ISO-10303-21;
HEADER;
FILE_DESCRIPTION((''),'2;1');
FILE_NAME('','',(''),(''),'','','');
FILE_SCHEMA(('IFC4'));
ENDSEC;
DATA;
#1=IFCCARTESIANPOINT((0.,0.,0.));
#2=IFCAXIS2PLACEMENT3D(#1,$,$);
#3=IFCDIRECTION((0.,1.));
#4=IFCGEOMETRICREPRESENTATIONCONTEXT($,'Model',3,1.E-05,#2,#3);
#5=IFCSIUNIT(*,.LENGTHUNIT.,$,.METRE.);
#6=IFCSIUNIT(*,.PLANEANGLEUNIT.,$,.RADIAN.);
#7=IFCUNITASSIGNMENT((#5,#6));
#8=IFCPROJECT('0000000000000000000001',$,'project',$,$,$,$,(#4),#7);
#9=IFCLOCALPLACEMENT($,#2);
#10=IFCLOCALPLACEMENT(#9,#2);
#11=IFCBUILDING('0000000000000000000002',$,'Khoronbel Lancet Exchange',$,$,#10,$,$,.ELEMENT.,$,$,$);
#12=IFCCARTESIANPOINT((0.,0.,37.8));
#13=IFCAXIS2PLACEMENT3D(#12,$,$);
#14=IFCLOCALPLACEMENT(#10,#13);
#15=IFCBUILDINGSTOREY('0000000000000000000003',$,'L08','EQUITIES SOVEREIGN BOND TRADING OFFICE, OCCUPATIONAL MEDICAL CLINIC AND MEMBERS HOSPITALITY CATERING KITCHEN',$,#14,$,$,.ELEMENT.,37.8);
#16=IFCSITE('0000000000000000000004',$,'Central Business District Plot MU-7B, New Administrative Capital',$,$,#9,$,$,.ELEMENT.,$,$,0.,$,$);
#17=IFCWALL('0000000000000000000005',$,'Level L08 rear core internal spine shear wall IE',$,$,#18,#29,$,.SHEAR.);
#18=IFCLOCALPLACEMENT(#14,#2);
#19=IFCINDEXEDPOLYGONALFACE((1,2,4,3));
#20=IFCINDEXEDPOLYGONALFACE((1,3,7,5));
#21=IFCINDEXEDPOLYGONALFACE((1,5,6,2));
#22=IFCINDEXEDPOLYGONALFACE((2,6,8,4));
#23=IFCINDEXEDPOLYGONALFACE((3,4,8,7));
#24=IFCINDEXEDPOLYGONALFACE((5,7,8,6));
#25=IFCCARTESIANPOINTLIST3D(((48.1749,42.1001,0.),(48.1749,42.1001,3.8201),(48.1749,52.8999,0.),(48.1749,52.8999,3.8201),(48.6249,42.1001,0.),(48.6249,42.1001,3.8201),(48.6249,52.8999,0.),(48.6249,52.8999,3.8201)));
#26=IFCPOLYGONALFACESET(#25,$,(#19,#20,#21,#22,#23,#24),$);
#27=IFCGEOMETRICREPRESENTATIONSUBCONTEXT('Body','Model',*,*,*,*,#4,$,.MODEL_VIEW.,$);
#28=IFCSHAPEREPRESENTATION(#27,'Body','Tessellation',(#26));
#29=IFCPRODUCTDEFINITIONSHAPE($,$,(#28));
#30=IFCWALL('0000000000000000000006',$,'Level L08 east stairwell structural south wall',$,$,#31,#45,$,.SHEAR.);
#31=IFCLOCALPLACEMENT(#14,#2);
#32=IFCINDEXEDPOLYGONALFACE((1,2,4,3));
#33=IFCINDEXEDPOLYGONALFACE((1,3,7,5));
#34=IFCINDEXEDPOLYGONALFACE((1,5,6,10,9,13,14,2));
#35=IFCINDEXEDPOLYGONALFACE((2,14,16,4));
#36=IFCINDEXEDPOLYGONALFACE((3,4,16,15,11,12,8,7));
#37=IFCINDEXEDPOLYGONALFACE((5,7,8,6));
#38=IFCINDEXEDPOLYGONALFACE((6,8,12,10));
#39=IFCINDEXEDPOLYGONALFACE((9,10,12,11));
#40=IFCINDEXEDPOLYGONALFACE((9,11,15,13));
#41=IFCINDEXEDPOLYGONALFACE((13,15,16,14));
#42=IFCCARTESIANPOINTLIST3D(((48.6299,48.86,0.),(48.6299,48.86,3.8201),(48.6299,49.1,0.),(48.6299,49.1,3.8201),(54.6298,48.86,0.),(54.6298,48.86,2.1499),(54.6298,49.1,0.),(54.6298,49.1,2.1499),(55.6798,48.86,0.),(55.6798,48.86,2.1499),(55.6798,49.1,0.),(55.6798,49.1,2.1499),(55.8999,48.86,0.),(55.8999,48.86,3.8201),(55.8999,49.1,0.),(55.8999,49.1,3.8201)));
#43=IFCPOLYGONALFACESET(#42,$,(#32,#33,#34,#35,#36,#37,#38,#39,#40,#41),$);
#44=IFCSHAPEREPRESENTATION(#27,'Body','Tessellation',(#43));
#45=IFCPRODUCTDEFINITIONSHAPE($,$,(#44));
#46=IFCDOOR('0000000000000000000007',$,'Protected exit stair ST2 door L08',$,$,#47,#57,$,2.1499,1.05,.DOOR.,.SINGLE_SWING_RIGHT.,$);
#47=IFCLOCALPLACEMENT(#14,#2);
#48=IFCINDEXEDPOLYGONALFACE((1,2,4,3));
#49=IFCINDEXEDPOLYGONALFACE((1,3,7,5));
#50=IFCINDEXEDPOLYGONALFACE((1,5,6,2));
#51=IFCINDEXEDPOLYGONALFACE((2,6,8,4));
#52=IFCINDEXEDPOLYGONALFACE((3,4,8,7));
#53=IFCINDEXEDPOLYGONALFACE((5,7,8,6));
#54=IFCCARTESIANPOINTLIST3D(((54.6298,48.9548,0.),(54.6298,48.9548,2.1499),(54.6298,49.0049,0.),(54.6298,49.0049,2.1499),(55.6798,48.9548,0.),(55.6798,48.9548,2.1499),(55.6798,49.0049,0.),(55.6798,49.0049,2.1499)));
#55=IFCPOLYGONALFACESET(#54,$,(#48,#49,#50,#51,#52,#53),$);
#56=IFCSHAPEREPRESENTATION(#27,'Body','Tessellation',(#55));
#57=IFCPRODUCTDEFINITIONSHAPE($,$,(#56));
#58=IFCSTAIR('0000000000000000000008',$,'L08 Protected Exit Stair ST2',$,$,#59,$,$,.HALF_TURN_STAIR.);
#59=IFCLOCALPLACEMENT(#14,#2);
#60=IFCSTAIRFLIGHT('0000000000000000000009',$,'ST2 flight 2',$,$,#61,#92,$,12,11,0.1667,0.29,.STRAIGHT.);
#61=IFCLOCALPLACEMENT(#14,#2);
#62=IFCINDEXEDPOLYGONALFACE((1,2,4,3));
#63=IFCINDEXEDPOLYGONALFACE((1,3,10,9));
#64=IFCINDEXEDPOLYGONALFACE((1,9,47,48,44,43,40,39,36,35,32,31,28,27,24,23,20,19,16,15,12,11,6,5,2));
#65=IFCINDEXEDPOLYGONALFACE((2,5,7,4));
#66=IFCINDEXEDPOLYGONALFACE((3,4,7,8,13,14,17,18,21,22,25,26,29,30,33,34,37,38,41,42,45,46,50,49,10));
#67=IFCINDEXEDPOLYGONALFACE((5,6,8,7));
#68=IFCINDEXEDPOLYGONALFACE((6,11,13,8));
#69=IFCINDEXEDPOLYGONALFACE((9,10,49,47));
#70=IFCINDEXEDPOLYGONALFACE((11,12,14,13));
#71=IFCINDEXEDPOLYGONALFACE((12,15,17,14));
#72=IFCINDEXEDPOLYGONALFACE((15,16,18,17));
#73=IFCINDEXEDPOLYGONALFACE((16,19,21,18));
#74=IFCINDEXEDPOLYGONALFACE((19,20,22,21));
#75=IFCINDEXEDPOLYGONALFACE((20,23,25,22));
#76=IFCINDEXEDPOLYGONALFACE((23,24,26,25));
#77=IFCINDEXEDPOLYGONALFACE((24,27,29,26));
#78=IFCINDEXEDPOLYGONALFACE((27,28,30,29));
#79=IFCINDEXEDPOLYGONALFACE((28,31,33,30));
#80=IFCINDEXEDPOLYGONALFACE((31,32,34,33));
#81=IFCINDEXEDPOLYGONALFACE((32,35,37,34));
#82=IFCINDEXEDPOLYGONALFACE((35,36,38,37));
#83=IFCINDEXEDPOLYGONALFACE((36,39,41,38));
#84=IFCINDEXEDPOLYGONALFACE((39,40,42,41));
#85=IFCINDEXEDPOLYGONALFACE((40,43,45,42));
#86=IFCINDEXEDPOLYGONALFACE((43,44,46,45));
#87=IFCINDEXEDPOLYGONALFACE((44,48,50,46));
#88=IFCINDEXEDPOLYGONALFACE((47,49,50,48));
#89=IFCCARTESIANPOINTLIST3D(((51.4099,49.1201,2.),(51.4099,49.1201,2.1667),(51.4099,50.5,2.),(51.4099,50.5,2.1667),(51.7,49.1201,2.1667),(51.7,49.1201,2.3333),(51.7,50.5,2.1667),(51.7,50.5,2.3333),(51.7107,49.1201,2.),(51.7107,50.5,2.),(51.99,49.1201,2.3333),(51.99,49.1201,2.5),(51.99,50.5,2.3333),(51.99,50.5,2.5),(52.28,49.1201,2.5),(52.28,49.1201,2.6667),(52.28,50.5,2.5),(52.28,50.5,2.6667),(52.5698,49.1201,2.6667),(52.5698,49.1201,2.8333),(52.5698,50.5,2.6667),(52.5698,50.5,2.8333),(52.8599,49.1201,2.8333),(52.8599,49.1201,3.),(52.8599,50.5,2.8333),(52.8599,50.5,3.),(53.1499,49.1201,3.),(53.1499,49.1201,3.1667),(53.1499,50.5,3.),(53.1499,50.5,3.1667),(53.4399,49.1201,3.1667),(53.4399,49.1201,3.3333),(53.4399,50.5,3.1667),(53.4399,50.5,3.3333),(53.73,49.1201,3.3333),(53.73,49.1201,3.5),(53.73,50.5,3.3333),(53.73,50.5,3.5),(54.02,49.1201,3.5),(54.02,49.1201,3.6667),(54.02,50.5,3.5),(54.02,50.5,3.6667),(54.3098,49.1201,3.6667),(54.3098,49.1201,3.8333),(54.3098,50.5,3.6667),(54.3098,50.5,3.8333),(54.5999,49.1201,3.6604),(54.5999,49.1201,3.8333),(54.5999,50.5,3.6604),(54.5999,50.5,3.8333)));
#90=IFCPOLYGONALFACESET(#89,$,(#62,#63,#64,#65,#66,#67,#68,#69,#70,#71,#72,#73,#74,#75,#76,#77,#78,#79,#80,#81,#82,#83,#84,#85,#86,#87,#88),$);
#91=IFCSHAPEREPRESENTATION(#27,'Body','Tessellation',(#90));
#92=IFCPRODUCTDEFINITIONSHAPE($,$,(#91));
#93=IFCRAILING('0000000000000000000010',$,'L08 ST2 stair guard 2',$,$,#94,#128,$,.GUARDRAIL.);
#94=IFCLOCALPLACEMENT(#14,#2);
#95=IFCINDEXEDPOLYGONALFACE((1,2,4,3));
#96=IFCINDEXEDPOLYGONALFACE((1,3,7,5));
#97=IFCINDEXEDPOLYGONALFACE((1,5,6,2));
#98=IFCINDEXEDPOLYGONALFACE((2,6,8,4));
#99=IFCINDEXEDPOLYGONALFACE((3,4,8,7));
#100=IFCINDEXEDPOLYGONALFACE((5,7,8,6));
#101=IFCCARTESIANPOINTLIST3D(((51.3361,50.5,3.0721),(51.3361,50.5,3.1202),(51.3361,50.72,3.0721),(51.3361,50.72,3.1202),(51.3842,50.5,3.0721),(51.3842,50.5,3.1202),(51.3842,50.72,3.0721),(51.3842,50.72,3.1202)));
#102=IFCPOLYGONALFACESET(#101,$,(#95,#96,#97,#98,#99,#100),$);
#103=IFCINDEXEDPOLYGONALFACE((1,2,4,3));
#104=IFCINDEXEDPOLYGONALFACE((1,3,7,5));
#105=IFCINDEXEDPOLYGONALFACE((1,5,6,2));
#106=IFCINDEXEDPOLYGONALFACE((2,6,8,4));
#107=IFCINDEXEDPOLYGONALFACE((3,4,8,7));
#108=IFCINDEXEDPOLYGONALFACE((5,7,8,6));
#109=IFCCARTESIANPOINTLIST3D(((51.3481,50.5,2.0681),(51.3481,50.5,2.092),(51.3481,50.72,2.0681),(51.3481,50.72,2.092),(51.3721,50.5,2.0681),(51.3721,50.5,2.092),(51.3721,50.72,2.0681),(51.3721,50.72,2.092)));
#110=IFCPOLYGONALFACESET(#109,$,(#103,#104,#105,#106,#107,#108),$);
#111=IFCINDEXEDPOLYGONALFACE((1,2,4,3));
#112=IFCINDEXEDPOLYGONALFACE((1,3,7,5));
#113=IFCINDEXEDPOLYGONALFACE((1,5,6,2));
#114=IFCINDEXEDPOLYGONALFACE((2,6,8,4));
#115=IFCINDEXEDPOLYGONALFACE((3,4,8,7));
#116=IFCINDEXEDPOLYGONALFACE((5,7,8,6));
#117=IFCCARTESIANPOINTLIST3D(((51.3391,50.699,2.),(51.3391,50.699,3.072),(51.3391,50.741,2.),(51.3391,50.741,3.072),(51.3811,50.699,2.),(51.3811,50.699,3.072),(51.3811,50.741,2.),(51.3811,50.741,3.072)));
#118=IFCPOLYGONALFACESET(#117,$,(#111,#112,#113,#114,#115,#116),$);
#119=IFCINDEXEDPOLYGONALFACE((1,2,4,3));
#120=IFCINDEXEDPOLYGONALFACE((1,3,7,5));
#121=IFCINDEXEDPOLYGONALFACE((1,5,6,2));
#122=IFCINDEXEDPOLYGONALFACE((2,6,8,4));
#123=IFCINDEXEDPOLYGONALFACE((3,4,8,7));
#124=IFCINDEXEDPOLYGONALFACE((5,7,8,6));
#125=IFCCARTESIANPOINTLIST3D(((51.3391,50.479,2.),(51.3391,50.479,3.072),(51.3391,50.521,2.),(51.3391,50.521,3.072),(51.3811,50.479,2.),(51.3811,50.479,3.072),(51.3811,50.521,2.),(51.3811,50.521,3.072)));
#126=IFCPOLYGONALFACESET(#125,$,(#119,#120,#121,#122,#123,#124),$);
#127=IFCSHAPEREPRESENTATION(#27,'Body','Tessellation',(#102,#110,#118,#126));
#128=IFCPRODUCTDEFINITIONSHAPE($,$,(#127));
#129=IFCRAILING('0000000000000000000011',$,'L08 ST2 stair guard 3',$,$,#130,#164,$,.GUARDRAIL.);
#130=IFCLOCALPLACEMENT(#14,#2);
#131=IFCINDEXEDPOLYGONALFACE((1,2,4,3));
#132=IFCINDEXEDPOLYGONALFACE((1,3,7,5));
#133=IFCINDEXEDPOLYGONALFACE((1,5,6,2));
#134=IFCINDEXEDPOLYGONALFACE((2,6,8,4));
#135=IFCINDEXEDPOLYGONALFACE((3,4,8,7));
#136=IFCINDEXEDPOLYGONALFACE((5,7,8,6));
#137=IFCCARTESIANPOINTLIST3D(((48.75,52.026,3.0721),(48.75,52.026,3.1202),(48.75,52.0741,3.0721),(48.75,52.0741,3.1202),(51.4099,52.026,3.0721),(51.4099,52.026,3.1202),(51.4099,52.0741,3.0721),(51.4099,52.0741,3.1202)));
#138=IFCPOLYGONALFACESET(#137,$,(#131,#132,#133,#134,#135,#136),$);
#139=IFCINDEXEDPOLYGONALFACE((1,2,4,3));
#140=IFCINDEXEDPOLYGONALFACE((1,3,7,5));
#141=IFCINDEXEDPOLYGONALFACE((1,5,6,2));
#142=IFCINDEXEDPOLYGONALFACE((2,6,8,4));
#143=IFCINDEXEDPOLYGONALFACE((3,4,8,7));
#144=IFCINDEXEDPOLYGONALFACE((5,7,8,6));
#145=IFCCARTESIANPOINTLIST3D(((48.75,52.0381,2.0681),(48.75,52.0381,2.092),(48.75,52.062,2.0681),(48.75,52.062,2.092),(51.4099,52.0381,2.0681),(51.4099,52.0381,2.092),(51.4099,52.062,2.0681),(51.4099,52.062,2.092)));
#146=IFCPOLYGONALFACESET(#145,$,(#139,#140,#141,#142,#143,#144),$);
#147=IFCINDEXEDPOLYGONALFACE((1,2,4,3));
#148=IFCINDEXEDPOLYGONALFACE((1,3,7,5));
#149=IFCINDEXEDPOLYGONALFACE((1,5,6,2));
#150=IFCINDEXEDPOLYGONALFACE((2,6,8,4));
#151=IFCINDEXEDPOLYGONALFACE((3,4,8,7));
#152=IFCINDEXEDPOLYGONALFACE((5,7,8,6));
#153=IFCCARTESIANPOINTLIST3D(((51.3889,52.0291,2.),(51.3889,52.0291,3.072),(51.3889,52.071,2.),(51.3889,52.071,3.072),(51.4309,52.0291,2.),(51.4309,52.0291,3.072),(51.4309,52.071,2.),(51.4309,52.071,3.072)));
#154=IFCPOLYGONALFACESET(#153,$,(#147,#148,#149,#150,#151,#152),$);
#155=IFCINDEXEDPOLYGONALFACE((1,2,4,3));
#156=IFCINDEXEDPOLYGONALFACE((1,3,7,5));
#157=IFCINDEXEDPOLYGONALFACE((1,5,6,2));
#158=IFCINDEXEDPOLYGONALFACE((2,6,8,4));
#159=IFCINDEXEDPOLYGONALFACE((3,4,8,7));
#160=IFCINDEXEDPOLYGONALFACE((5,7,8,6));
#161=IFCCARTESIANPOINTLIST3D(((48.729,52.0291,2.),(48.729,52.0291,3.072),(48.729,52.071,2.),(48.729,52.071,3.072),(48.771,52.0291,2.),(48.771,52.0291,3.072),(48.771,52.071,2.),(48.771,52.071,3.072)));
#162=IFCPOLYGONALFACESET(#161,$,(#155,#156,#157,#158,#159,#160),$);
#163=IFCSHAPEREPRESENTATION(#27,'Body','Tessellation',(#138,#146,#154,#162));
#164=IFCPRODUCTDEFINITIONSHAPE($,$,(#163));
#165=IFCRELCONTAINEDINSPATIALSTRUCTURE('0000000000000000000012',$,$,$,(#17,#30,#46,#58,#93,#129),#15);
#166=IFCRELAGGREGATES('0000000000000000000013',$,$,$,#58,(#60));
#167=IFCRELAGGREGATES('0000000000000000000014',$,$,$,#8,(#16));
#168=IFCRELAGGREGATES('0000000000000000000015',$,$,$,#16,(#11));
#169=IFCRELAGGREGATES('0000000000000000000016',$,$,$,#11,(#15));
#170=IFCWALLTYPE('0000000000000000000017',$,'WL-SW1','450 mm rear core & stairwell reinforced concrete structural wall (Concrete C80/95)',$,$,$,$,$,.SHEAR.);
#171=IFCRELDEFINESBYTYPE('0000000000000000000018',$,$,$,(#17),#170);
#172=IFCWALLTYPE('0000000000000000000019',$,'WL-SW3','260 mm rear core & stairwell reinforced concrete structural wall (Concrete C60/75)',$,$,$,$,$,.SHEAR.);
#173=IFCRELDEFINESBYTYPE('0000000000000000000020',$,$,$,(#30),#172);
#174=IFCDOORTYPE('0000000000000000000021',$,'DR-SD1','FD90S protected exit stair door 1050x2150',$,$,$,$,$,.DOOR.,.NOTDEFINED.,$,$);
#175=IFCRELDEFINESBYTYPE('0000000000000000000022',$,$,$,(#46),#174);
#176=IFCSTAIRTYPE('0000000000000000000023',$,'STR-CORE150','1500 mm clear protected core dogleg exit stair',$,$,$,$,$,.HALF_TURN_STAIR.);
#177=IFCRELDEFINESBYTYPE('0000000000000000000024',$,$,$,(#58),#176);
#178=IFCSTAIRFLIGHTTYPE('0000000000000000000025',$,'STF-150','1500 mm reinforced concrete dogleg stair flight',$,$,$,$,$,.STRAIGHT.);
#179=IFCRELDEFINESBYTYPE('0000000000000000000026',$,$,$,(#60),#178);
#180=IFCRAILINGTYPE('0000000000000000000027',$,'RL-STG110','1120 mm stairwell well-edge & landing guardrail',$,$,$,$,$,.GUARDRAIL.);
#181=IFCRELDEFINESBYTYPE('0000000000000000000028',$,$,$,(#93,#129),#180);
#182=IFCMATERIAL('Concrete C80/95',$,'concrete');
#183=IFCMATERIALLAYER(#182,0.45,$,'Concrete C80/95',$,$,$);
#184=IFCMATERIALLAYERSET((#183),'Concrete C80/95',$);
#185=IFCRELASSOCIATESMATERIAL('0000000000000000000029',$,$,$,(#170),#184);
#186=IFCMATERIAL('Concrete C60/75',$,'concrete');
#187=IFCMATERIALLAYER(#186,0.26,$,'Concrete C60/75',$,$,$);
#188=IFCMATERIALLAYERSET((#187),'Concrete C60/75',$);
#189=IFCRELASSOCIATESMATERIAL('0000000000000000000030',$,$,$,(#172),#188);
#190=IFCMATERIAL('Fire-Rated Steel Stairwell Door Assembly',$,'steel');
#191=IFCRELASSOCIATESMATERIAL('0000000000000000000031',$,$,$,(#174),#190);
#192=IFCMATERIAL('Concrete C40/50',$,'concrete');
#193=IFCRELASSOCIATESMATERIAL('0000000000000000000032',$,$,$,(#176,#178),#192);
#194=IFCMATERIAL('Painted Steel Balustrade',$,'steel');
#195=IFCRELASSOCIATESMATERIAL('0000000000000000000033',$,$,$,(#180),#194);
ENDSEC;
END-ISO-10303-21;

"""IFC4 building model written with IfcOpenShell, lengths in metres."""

from ifc_helpers import new_model, si_unit, direction, frame, frame_2d, origin, origin_2d, place, context, subcontext, project, spatial, polyline, rectangle, outline, extrude, material, layer, layer_set, type_object, element, fill, aggregate, save


model = new_model("IFC4")

# Units and contexts
model_context = context("Model", 3, precision=1e-05, world=origin(), true_north=direction((0.0, 1.0)))
body_context = subcontext(model_context, "Body", "Model", "MODEL_VIEW")
ifc_project = project(units=[si_unit("LENGTHUNIT", "METRE"), si_unit("PLANEANGLEUNIT", "RADIAN")], contexts=[model_context])

# Site, building, storey
site_placement = place(None, origin())
site = spatial("IfcSite", under=ifc_project, at=site_placement, Name="Central Business District Plot MU-7B, New Administrative Capital", CompositionType="ELEMENT", RefElevation=0.0)
building_placement = place(site_placement, origin())
building = spatial("IfcBuilding", under=site, at=building_placement, Name="Khoronbel Lancet Exchange", CompositionType="ELEMENT")
storey_placement = place(building_placement, frame((0.0, 0.0, 37.8)))
storey = spatial("IfcBuildingStorey", under=building, at=storey_placement, Name="L08", Description="EQUITIES SOVEREIGN BOND TRADING OFFICE, OCCUPATIONAL MEDICAL CLINIC AND MEMBERS HOSPITALITY CATERING KITCHEN", CompositionType="ELEMENT", Elevation=37.8)

# Wall
ifc_material_1 = material(Name="Concrete C80/95", Category="concrete")
ifc_layer_1 = layer(ifc_material_1, 0.45, Name="Concrete C80/95")
ifc_layer_set_1 = layer_set([ifc_layer_1], Name="Concrete C80/95")
wall_type_1 = type_object("IfcWallType", Name="WL-SW1", Description="450 mm rear core & stairwell reinforced concrete structural wall (Concrete C80/95)", PredefinedType="SHEAR", material=ifc_layer_set_1)
wall_1_placement = place(storey_placement, frame((48.3999, 42.1001, 0.0), z_axis=(0.0, 0.0, 1.0), x_axis=(0.0, 1.0, 0.0)))
element("IfcWall", 1, at=wall_1_placement, inside=storey, type_object=wall_type_1, Name="Level L08 rear core internal spine shear wall IE", PredefinedType="SHEAR", context=body_context, shape_type="SweptSolid", body=[
    extrude(rectangle(XDim=10.7998, YDim=0.45, at=frame_2d((5.3999, 0.0))), origin(), (0.0, 0.0, 1.0), 3.8201),
])

# Wall, opening, door
ifc_material_2 = material(Name="Concrete C60/75", Category="concrete")
ifc_layer_2 = layer(ifc_material_2, 0.26, Name="Concrete C60/75")
ifc_layer_set_2 = layer_set([ifc_layer_2], Name="Concrete C60/75")
wall_type_2 = type_object("IfcWallType", Name="WL-SW3", Description="260 mm rear core & stairwell reinforced concrete structural wall (Concrete C60/75)", PredefinedType="SHEAR", material=ifc_layer_set_2)
wall_2_placement = place(storey_placement, frame((48.6299, 48.98, 0.0), z_axis=(0.0, 0.0, 1.0), x_axis=(1.0, 0.0, 0.0)))
wall_2 = element("IfcWall", 2, at=wall_2_placement, inside=storey, type_object=wall_type_2, Name="Level L08 east stairwell structural south wall", PredefinedType="SHEAR", context=body_context, shape_type="SweptSolid", body=[
    extrude(rectangle(XDim=7.27, YDim=0.24, at=frame_2d((3.635, 0.0))), origin(), (0.0, 0.0, 1.0), 3.8201),
])
opening_1_placement = place(wall_2_placement, frame((6.0, 0.0, 0.0)))
opening_1 = element("IfcOpeningElement", 3, at=opening_1_placement, cuts=wall_2, PredefinedType="OPENING", context=body_context, shape_type="SweptSolid", body=[
    extrude(rectangle(XDim=1.05, YDim=2.1499, at=frame_2d((0.5249, 1.075))), frame((0.0, 0.1299, 0.0), z_axis=(0.0, -1.0, 0.0), x_axis=(1.0, 0.0, 0.0)), (0.0, 0.0, 1.0), 0.26),
])
ifc_material_3 = material(Name="Fire-Rated Steel Stairwell Door Assembly", Category="steel")
door_type_1 = type_object("IfcDoorType", Name="DR-SD1", Description="FD90S protected exit stair door 1050x2150", OperationType="NOTDEFINED", PredefinedType="DOOR", material=ifc_material_3)
door_1_placement = place(opening_1_placement, origin())
door_1 = element("IfcDoor", 4, at=door_1_placement, inside=storey, type_object=door_type_1, Name="Protected exit stair ST2 door L08", OperationType="SINGLE_SWING_RIGHT", OverallHeight=2.1499, OverallWidth=1.05, PredefinedType="DOOR", context=body_context, shape_type="SweptSolid", body=[
    extrude(rectangle(XDim=1.05, YDim=2.1499, at=frame_2d((0.5249, 1.075))), frame((0.0, 0.0249, 0.0), z_axis=(0.0, -1.0, 0.0), x_axis=(1.0, 0.0, 0.0)), (0.0, 0.0, 1.0), 0.05),
])
fill(opening_1, door_1)

# Stair, stair flight
ifc_material_4 = material(Name="Concrete C40/50", Category="concrete")
stair_type = type_object("IfcStairType", Name="STR-CORE150", Description="1500 mm clear protected core dogleg exit stair", PredefinedType="HALF_TURN_STAIR", material=ifc_material_4)
stair_placement = place(storey_placement, origin())
stair = element("IfcStair", 5, at=stair_placement, inside=storey, type_object=stair_type, Name="L08 Protected Exit Stair ST2", PredefinedType="HALF_TURN_STAIR")
stair_flight_type = type_object("IfcStairFlightType", Name="STF-150", Description="1500 mm reinforced concrete dogleg stair flight", PredefinedType="STRAIGHT", material=ifc_material_4)
stair_flight_placement = place(storey_placement, frame((51.4099, 49.8101, 2.0), z_axis=(0.0, 0.0, 1.0), x_axis=(1.0, 0.0, 0.0)))
stair_flight = element("IfcStairFlight", 6, at=stair_flight_placement, type_object=stair_flight_type, Name="ST2 flight 2", NumberOfRisers=12, NumberOfTreads=11, PredefinedType="STRAIGHT", RiserHeight=0.1667, TreadLength=0.29, context=body_context, shape_type="SweptSolid", body=[
    extrude(outline(polyline([(0.0, 0.0), (0.0, 0.1667), (0.29, 0.1667), (0.29, 0.3333), (0.5801, 0.3333), (0.5801, 0.5), (0.8701, 0.5), (0.8701, 0.6667), (1.1599, 0.6667), (1.1599, 0.8333), (1.45, 0.8333), (1.45, 1.0), (1.74, 1.0), (1.74, 1.1667), (2.03, 1.1667), (2.03, 1.3333), (2.3201, 1.3333), (2.3201, 1.5), (2.6101, 1.5), (2.6101, 1.6667), (2.8999, 1.6667), (2.8999, 1.8333), (3.1899, 1.8333), (3.1899, 2.0), (3.1899, 1.6604), (0.3008, 0.0), (0.0, 0.0)])), frame((0.0, 0.6899, 0.0), z_axis=(0.0, -1.0, 0.0), x_axis=(1.0, 0.0, 0.0)), (0.0, 0.0, 1.0), 1.3799),
])
aggregate(stair, [stair_flight])

# Railings
ifc_material_5 = material(Name="Painted Steel Balustrade", Category="steel")
railing_type_1 = type_object("IfcRailingType", Name="RL-STG110", Description="1120 mm stairwell well-edge & landing guardrail", PredefinedType="GUARDRAIL", material=ifc_material_5)
railing_1_placement = place(storey_placement, frame((51.3601, 50.72, 2.0)))
element("IfcRailing", 7, at=railing_1_placement, inside=storey, type_object=railing_type_1, Name="L08 ST2 stair guard 2", PredefinedType="GUARDRAIL", context=body_context, shape_type="SweptSolid", body=[
    extrude(rectangle(XDim=0.0481, YDim=0.0481, at=origin_2d()), frame((0.0, 0.0, 1.0962), z_axis=(0.0, -1.0, 0.0), x_axis=(1.0, 0.0, 0.0)), (0.0, 0.0, 1.0), 0.22),
    extrude(rectangle(XDim=0.0239, YDim=0.0239, at=origin_2d()), frame((0.0, 0.0, 0.0801), z_axis=(0.0, -1.0, 0.0), x_axis=(1.0, 0.0, 0.0)), (0.0, 0.0, 1.0), 0.22),
    extrude(rectangle(XDim=0.042, YDim=0.042, at=origin_2d()), origin(), (0.0, 0.0, 1.0), 1.072),
    extrude(rectangle(XDim=0.042, YDim=0.042, at=origin_2d()), frame((0.0, -0.22, 0.0)), (0.0, 0.0, 1.0), 1.072),
])
railing_2_placement = place(storey_placement, frame((51.4099, 52.05, 2.0)))
element("IfcRailing", 8, at=railing_2_placement, inside=storey, type_object=railing_type_1, Name="L08 ST2 stair guard 3", PredefinedType="GUARDRAIL", context=body_context, shape_type="SweptSolid", body=[
    extrude(rectangle(XDim=0.0481, YDim=0.0481, at=origin_2d()), frame((0.0, 0.0, 1.0962), z_axis=(-1.0, 0.0, 0.0), x_axis=(0.0, -1.0, 0.0)), (0.0, 0.0, 1.0), 2.6599),
    extrude(rectangle(XDim=0.0239, YDim=0.0239, at=origin_2d()), frame((0.0, 0.0, 0.0801), z_axis=(-1.0, 0.0, 0.0), x_axis=(0.0, -1.0, 0.0)), (0.0, 0.0, 1.0), 2.6599),
    extrude(rectangle(XDim=0.042, YDim=0.042, at=origin_2d()), origin(), (0.0, 0.0, 1.0), 1.072),
    extrude(rectangle(XDim=0.042, YDim=0.042, at=origin_2d()), frame((-2.6599, 0.0, 0.0)), (0.0, 0.0, 1.0), 1.072),
])

save(model, "model.ifc")
